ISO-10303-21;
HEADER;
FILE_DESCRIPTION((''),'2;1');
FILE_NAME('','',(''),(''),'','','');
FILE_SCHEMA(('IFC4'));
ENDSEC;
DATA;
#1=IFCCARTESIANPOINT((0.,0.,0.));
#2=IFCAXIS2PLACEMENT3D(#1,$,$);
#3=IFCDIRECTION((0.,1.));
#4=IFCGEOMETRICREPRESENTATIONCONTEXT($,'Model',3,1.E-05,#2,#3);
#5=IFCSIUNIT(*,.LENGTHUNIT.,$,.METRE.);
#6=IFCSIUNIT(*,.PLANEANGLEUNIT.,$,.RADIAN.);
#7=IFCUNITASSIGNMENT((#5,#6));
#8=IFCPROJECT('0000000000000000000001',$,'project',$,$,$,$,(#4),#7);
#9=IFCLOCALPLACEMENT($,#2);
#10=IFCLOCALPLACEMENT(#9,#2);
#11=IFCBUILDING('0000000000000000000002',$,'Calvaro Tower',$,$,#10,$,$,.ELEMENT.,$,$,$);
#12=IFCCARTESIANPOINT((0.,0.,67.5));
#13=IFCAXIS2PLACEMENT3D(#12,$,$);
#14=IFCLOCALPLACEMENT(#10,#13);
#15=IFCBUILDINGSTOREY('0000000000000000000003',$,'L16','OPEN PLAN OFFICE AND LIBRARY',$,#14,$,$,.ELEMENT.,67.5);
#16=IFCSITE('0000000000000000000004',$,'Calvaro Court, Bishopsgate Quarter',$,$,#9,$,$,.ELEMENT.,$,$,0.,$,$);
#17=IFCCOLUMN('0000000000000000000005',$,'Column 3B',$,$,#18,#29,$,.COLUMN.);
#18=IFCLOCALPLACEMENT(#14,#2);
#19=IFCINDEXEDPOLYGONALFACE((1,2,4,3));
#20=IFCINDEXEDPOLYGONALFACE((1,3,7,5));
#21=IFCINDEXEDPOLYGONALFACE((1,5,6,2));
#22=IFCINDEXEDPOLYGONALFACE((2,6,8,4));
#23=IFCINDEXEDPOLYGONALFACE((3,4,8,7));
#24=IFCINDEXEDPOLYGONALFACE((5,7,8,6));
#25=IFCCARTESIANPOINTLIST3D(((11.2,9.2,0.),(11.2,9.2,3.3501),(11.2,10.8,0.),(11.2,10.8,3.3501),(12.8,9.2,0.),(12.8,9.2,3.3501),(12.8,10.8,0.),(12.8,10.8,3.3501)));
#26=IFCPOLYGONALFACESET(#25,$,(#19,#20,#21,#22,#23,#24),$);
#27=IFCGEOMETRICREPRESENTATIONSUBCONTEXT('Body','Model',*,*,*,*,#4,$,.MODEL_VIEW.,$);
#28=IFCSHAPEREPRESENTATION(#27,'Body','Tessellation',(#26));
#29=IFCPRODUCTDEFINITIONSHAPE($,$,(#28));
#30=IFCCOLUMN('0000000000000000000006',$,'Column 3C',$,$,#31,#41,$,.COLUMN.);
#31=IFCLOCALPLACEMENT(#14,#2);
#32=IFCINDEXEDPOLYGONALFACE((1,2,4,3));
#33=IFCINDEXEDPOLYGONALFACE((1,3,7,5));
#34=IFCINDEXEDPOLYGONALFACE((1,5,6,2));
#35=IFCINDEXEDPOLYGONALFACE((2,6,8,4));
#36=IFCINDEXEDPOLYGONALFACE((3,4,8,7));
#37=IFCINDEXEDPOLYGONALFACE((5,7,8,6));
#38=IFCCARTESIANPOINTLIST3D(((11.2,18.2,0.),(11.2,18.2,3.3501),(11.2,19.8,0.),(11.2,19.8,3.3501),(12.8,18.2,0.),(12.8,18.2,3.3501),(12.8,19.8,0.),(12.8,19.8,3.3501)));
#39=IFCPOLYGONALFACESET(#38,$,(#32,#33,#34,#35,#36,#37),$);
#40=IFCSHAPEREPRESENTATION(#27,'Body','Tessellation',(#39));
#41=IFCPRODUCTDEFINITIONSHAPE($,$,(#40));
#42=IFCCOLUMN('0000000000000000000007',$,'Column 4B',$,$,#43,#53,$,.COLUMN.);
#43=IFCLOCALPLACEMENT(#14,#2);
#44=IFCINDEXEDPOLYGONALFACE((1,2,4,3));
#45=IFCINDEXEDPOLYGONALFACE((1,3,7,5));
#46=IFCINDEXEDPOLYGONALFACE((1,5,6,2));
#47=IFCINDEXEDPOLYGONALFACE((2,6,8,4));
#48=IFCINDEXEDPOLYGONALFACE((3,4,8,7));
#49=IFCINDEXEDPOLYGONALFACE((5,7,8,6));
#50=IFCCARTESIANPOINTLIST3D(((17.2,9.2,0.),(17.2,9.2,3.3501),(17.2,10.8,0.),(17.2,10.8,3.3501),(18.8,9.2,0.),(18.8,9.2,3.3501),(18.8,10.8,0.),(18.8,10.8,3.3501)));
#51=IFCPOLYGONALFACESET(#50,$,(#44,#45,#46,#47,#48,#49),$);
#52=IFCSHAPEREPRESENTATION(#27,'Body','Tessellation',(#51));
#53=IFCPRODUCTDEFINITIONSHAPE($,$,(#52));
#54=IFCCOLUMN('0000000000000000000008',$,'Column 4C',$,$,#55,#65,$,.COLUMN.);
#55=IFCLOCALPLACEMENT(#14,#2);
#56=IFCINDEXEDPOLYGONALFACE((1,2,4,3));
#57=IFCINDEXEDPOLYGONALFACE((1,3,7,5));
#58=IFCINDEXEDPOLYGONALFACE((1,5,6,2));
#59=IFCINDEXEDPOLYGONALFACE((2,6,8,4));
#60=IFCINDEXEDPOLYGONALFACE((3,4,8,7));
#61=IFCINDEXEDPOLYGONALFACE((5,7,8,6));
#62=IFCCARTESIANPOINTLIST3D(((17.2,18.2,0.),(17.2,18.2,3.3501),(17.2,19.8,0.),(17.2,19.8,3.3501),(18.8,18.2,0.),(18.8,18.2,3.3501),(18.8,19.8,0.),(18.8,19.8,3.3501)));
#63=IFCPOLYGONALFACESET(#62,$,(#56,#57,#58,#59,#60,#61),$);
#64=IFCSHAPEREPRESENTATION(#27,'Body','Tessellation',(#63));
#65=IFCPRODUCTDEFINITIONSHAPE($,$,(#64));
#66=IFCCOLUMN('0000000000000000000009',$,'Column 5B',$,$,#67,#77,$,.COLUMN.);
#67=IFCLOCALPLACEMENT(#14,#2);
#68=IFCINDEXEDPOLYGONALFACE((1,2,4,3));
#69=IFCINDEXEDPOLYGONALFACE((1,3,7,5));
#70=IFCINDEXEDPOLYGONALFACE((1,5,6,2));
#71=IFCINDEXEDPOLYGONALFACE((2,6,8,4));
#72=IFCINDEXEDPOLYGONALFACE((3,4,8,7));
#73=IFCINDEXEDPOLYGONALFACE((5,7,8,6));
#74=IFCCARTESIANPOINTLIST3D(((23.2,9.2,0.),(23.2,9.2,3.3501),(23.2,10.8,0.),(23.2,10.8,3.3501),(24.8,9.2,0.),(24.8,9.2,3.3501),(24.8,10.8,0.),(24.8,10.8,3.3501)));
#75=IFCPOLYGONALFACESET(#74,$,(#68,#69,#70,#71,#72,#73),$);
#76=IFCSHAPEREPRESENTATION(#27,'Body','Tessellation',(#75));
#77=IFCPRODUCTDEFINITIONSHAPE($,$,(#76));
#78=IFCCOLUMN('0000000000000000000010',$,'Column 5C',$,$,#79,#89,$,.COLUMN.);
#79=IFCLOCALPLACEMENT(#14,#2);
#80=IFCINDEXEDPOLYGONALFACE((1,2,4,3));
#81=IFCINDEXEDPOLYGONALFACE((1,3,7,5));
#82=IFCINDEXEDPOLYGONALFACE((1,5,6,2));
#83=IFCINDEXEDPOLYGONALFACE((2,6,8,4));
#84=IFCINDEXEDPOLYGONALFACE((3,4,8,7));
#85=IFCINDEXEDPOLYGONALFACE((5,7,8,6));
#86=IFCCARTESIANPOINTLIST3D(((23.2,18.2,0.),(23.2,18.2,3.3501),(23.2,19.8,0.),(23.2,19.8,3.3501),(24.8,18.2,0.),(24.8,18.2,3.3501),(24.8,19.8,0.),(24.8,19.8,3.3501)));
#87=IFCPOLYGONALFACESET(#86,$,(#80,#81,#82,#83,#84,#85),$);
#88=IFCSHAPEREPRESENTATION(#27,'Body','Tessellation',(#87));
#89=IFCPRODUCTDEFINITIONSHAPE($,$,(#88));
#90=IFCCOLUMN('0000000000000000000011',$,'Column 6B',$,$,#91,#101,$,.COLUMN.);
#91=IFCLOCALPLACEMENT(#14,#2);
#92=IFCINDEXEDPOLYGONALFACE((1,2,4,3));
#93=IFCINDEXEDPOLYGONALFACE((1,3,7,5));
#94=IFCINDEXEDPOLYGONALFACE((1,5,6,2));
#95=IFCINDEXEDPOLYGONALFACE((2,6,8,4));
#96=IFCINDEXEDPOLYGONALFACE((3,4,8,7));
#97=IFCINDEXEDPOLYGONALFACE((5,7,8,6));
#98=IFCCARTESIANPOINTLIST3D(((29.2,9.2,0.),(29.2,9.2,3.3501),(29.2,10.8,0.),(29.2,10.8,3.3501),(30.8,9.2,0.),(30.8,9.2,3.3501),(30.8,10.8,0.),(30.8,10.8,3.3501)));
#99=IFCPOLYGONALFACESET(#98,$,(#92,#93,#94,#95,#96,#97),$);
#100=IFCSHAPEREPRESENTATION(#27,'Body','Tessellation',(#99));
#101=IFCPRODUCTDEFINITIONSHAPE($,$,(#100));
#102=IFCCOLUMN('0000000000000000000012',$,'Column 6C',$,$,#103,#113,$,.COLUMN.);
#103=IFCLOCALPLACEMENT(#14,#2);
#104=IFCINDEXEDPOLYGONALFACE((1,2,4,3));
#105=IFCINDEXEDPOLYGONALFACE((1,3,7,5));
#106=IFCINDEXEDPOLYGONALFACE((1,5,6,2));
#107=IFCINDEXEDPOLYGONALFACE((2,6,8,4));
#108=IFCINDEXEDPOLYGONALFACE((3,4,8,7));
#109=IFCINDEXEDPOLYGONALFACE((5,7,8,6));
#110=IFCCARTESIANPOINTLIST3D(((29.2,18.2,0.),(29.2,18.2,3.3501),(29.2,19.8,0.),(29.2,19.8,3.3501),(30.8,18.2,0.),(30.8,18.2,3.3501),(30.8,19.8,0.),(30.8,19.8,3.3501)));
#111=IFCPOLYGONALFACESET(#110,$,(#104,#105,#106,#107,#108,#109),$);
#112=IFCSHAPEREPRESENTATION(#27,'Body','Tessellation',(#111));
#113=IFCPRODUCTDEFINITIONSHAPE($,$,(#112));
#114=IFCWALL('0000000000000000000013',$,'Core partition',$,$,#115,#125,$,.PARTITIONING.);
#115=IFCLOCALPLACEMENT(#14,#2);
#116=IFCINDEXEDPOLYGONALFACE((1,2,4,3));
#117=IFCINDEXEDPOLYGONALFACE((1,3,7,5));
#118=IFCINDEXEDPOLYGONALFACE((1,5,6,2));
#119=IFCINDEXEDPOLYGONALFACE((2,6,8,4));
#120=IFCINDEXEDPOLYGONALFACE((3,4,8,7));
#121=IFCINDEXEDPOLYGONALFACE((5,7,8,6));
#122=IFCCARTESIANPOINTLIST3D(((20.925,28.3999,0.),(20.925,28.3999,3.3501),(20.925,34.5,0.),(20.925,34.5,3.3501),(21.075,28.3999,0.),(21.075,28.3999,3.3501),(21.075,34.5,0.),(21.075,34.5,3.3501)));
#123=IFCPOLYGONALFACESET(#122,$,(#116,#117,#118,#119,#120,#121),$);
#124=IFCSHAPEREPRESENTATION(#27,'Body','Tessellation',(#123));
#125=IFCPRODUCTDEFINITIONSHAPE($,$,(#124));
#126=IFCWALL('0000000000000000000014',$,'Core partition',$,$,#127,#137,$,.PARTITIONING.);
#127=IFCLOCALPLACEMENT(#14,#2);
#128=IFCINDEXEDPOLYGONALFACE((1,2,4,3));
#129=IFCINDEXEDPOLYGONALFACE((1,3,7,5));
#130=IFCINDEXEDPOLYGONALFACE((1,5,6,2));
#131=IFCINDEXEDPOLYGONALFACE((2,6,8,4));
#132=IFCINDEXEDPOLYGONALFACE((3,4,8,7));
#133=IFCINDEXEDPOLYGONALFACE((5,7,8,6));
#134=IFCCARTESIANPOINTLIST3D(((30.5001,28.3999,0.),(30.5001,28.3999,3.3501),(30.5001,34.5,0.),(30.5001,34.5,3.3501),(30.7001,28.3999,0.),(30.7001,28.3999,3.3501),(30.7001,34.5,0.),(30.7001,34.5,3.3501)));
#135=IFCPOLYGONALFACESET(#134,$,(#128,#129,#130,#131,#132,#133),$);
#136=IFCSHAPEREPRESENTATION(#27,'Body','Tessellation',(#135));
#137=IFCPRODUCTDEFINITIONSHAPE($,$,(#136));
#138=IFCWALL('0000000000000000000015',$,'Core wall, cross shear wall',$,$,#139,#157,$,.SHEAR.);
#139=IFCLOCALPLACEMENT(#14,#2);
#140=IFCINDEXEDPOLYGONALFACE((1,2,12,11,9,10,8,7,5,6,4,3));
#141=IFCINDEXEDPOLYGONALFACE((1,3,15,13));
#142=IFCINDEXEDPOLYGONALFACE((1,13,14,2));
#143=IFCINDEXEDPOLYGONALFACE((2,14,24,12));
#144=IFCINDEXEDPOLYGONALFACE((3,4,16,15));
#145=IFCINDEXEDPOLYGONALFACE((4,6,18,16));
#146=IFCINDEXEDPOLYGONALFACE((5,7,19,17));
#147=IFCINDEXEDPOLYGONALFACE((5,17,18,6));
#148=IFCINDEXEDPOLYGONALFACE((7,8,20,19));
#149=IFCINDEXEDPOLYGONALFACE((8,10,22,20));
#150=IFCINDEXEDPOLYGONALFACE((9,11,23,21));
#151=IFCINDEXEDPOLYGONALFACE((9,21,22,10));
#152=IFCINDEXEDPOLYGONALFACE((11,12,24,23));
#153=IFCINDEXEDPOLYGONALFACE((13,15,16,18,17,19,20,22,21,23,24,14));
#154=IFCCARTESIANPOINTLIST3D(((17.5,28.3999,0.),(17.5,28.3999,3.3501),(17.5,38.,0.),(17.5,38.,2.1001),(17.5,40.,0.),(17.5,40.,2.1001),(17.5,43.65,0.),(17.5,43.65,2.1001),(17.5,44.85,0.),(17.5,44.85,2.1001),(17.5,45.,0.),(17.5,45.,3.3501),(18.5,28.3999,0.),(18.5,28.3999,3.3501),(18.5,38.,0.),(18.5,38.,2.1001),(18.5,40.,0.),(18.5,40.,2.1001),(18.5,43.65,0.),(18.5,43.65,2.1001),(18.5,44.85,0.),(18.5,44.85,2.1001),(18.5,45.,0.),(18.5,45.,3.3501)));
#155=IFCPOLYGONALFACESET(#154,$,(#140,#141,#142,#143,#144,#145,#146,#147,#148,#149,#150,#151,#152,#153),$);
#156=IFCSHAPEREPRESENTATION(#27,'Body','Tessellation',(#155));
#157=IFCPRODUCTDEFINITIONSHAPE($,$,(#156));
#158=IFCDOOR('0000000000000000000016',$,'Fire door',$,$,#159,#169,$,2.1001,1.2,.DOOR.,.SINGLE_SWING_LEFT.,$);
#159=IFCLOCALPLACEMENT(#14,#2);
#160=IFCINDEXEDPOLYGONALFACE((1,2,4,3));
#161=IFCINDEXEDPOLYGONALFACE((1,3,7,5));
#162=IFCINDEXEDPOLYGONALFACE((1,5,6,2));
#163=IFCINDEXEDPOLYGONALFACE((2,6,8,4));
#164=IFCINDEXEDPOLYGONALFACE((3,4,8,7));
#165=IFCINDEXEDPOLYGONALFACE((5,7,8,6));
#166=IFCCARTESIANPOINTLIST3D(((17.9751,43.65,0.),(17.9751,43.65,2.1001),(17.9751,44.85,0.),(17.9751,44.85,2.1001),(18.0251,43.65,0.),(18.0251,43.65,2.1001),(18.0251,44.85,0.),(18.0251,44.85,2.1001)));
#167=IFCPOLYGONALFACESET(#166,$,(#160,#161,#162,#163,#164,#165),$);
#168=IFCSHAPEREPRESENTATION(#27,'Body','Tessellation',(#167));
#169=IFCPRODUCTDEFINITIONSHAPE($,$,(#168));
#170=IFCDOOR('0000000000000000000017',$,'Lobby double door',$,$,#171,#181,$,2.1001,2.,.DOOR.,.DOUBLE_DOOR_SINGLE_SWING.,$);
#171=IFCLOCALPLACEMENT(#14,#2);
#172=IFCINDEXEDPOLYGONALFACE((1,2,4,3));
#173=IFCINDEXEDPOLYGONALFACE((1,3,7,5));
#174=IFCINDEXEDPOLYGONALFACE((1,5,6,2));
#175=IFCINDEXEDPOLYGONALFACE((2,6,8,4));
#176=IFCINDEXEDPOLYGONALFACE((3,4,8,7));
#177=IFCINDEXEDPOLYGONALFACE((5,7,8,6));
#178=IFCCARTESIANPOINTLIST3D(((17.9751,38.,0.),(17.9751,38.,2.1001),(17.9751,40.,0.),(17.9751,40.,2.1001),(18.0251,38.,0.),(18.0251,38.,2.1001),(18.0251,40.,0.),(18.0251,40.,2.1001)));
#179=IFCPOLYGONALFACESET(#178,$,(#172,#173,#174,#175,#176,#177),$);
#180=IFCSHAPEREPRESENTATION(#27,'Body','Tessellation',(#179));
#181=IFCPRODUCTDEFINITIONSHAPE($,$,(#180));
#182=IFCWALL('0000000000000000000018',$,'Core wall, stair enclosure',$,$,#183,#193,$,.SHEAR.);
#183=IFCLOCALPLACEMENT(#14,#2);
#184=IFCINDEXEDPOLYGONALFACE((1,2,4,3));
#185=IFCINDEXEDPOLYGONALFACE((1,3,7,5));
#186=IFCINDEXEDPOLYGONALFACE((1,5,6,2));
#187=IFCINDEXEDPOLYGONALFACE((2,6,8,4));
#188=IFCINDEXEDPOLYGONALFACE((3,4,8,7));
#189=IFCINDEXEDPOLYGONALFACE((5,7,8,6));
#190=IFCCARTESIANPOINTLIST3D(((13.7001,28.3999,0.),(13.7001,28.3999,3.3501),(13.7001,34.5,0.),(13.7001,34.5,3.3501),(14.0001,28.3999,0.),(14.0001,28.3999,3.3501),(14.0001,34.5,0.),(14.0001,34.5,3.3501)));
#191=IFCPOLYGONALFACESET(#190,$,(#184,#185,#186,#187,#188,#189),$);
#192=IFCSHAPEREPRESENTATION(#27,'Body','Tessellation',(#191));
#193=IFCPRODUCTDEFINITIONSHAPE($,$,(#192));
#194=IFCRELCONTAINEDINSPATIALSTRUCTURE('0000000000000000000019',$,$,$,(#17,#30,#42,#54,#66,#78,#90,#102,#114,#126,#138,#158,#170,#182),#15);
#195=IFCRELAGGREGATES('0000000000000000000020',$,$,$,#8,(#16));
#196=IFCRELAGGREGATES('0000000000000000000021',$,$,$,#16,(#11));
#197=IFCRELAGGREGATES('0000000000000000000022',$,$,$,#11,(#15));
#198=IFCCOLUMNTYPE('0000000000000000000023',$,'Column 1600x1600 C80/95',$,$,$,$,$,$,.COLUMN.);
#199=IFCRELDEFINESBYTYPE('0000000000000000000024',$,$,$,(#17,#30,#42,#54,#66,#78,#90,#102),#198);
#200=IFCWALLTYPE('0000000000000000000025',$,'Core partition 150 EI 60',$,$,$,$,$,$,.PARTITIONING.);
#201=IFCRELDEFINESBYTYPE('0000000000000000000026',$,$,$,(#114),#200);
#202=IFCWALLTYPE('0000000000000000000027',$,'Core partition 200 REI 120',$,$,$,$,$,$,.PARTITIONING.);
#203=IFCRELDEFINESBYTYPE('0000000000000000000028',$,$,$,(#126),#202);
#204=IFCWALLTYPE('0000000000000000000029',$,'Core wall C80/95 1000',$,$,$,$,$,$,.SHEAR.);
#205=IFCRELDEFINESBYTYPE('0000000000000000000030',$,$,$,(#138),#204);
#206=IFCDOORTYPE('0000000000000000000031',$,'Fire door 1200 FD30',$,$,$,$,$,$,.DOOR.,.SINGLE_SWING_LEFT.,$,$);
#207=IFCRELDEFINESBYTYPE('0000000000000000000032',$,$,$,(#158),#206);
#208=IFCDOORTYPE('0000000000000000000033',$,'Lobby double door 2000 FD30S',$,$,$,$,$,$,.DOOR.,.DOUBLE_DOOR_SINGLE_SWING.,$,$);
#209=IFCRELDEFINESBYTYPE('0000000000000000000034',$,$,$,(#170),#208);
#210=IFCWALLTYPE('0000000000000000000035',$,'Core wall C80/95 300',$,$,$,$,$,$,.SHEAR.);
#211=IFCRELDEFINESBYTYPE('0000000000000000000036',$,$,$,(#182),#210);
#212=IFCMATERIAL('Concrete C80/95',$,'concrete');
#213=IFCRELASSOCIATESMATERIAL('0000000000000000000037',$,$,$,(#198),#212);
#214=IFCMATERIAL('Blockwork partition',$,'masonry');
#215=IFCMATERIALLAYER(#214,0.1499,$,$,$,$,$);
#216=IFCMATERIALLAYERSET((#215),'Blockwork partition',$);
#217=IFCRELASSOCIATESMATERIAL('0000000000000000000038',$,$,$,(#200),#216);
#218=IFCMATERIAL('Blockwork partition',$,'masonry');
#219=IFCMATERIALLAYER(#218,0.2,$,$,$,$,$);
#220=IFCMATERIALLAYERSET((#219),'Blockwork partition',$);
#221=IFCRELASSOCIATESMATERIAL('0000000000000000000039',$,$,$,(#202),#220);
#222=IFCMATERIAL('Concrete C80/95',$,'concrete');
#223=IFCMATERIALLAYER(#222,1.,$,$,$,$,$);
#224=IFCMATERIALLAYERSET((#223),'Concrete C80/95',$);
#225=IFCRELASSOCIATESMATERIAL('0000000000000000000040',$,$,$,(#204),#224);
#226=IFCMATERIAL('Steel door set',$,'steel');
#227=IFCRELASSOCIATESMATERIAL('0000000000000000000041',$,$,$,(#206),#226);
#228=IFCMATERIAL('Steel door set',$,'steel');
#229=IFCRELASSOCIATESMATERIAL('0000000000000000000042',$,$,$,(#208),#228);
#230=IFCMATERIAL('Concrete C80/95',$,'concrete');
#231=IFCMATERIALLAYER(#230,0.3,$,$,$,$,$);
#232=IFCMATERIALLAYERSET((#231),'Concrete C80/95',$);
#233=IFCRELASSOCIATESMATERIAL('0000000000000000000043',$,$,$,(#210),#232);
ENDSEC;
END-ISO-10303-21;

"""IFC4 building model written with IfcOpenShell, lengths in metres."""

from ifc_helpers import new_model, si_unit, direction, frame, frame_2d, origin, origin_2d, place, context, subcontext, project, spatial, rectangle, extrude, material, layer, layer_set, material_profile, profile_set, type_object, element, fill, save


model = new_model("IFC4")

# Units and contexts
model_context = context("Model", 3, precision=1e-05, world=origin(), true_north=direction((0.0, 1.0)))
body_context = subcontext(model_context, "Body", "Model", "MODEL_VIEW")
ifc_project = project(units=[si_unit("LENGTHUNIT", "METRE"), si_unit("PLANEANGLEUNIT", "RADIAN")], contexts=[model_context])

# Site, building, storey
site_placement = place(None, origin())
site = spatial("IfcSite", under=ifc_project, at=site_placement, Name="Calvaro Court, Bishopsgate Quarter", CompositionType="ELEMENT", RefElevation=0.0)
building_placement = place(site_placement, origin())
building = spatial("IfcBuilding", under=site, at=building_placement, Name="Calvaro Tower", CompositionType="ELEMENT")
storey_placement = place(building_placement, frame((0.0, 0.0, 67.5)))
storey = spatial("IfcBuildingStorey", under=building, at=storey_placement, Name="L16", Description="OPEN PLAN OFFICE AND LIBRARY", CompositionType="ELEMENT", Elevation=67.5)

# Columns
ifc_material_1 = material(Name="Concrete C80/95", Category="concrete")
ifc_material_profile = material_profile(ifc_material_1, rectangle(XDim=1.6001, YDim=1.6001, at=origin_2d()), Name="RC 1600x1600")
ifc_profile_set = profile_set([ifc_material_profile], Name="Concrete C80/95")
column_type = type_object("IfcColumnType", Name="Column 1600x1600 C80/95", PredefinedType="COLUMN", material=ifc_profile_set)
for number, where, z_axis, x_axis, name in (
    (1, (12.0, 10.0, 0.0), (0.0, 0.0, 1.0), (1.0, 0.0, 0.0), "Column 3B"),
    (2, (12.0, 19.0, 0.0), (0.0, 0.0, 1.0), (1.0, 0.0, 0.0), "Column 3C"),
    (3, (18.0, 10.0, 0.0), (0.0, 0.0, 1.0), (1.0, 0.0, 0.0), "Column 4B"),
    (4, (18.0, 19.0, 0.0), (0.0, 0.0, 1.0), (1.0, 0.0, 0.0), "Column 4C"),
    (5, (24.0, 10.0, 0.0), (0.0, 0.0, 1.0), (1.0, 0.0, 0.0), "Column 5B"),
    (6, (24.0, 19.0, 0.0), (0.0, 0.0, 1.0), (1.0, 0.0, 0.0), "Column 5C"),
    (7, (30.0, 10.0, 0.0), (0.0, 0.0, 1.0), (1.0, 0.0, 0.0), "Column 6B"),
    (8, (30.0, 19.0, 0.0), (0.0, 0.0, 1.0), (1.0, 0.0, 0.0), "Column 6C"),
):
    element("IfcColumn", number, at=place(storey_placement, frame(where, z_axis=z_axis, x_axis=x_axis)), inside=storey, type_object=column_type, Name=name, PredefinedType="COLUMN", context=body_context, shape_type="SweptSolid", body=[
        extrude(rectangle(XDim=1.6001, YDim=1.6001, at=origin_2d()), origin(), (0.0, 0.0, 1.0), 3.3501),
    ])

# Walls
ifc_material_2 = material(Name="Blockwork partition", Category="masonry")
ifc_layer_1 = layer(ifc_material_2, 0.1499)
ifc_layer_set_1 = layer_set([ifc_layer_1], Name="Blockwork partition")
wall_type_1 = type_object("IfcWallType", Name="Core partition 150 EI 60", PredefinedType="PARTITIONING", material=ifc_layer_set_1)
wall_1_placement = place(storey_placement, frame((21.0, 28.3999, 0.0), z_axis=(0.0, 0.0, 1.0), x_axis=(0.0, 1.0, 0.0)))
element("IfcWall", 9, at=wall_1_placement, inside=storey, type_object=wall_type_1, Name="Core partition", PredefinedType="PARTITIONING", context=body_context, shape_type="SweptSolid", body=[
    extrude(rectangle(XDim=6.1001, YDim=0.1499, at=frame_2d((3.05, 0.0))), origin(), (0.0, 0.0, 1.0), 3.3501),
])
ifc_material_3 = material(Name="Blockwork partition", Category="masonry")
ifc_layer_2 = layer(ifc_material_3, 0.2)
ifc_layer_set_2 = layer_set([ifc_layer_2], Name="Blockwork partition")
wall_type_2 = type_object("IfcWallType", Name="Core partition 200 REI 120", PredefinedType="PARTITIONING", material=ifc_layer_set_2)
wall_2_placement = place(storey_placement, frame((30.6001, 28.3999, 0.0), z_axis=(0.0, 0.0, 1.0), x_axis=(0.0, 1.0, 0.0)))
element("IfcWall", 10, at=wall_2_placement, inside=storey, type_object=wall_type_2, Name="Core partition", PredefinedType="PARTITIONING", context=body_context, shape_type="SweptSolid", body=[
    extrude(rectangle(XDim=6.1001, YDim=0.2, at=frame_2d((3.05, 0.0))), origin(), (0.0, 0.0, 1.0), 3.3501),
])

# Wall, openings, doors
ifc_material_4 = material(Name="Concrete C80/95", Category="concrete")
ifc_layer_3 = layer(ifc_material_4, 1.0)
ifc_layer_set_3 = layer_set([ifc_layer_3], Name="Concrete C80/95")
wall_type_3 = type_object("IfcWallType", Name="Core wall C80/95 1000", PredefinedType="SHEAR", material=ifc_layer_set_3)
wall_3_placement = place(storey_placement, frame((18.0, 28.3999, 0.0), z_axis=(0.0, 0.0, 1.0), x_axis=(0.0, 1.0, 0.0)))
wall_3 = element("IfcWall", 11, at=wall_3_placement, inside=storey, type_object=wall_type_3, Name="Core wall, cross shear wall", PredefinedType="SHEAR", context=body_context, shape_type="SweptSolid", body=[
    extrude(rectangle(XDim=16.6001, YDim=1.0, at=frame_2d((8.3, 0.0))), origin(), (0.0, 0.0, 1.0), 3.3501),
])
opening_1_placement = place(wall_3_placement, frame((9.6001, 0.0, 0.0)))
opening_1 = element("IfcOpeningElement", 12, at=opening_1_placement, cuts=wall_3, PredefinedType="OPENING", context=body_context, shape_type="SweptSolid", body=[
    extrude(rectangle(XDim=2.0, YDim=2.1001, at=frame_2d((1.0, 1.05))), frame((0.0, 0.51, 0.0), z_axis=(0.0, -1.0, 0.0), x_axis=(1.0, 0.0, 0.0)), (0.0, 0.0, 1.0), 1.02),
])
opening_2_placement = place(wall_3_placement, frame((15.25, 0.0, 0.0)))
opening_2 = element("IfcOpeningElement", 13, at=opening_2_placement, cuts=wall_3, PredefinedType="OPENING", context=body_context, shape_type="SweptSolid", body=[
    extrude(rectangle(XDim=1.2, YDim=2.1001, at=frame_2d((0.6001, 1.05))), frame((0.0, 0.51, 0.0), z_axis=(0.0, -1.0, 0.0), x_axis=(1.0, 0.0, 0.0)), (0.0, 0.0, 1.0), 1.02),
])
ifc_material_5 = material(Name="Steel door set", Category="steel")
door_type_1 = type_object("IfcDoorType", Name="Fire door 1200 FD30", OperationType="SINGLE_SWING_LEFT", PredefinedType="DOOR", material=ifc_material_5)
door_1_placement = place(opening_2_placement, origin())
door_1 = element("IfcDoor", 14, at=door_1_placement, inside=storey, type_object=door_type_1, Name="Fire door", OperationType="SINGLE_SWING_LEFT", OverallHeight=2.1001, OverallWidth=1.2, PredefinedType="DOOR", context=body_context, shape_type="SweptSolid", body=[
    extrude(rectangle(XDim=1.2, YDim=2.1001, at=frame_2d((0.6001, 1.05))), frame((0.0, 0.0249, 0.0), z_axis=(0.0, -1.0, 0.0), x_axis=(1.0, 0.0, 0.0)), (0.0, 0.0, 1.0), 0.05),
])
fill(opening_2, door_1)
ifc_material_6 = material(Name="Steel door set", Category="steel")
door_type_2 = type_object("IfcDoorType", Name="Lobby double door 2000 FD30S", OperationType="DOUBLE_DOOR_SINGLE_SWING", PredefinedType="DOOR", material=ifc_material_6)
door_2_placement = place(opening_1_placement, origin())
door_2 = element("IfcDoor", 15, at=door_2_placement, inside=storey, type_object=door_type_2, Name="Lobby double door", OperationType="DOUBLE_DOOR_SINGLE_SWING", OverallHeight=2.1001, OverallWidth=2.0, PredefinedType="DOOR", context=body_context, shape_type="SweptSolid", body=[
    extrude(rectangle(XDim=2.0, YDim=2.1001, at=frame_2d((1.0, 1.05))), frame((0.0, 0.0249, 0.0), z_axis=(0.0, -1.0, 0.0), x_axis=(1.0, 0.0, 0.0)), (0.0, 0.0, 1.0), 0.05),
])
fill(opening_1, door_2)

# Wall
ifc_material_7 = material(Name="Concrete C80/95", Category="concrete")
ifc_layer_4 = layer(ifc_material_7, 0.3)
ifc_layer_set_4 = layer_set([ifc_layer_4], Name="Concrete C80/95")
wall_type_4 = type_object("IfcWallType", Name="Core wall C80/95 300", PredefinedType="SHEAR", material=ifc_layer_set_4)
for number, where, z_axis, x_axis, name in (
    (16, (13.8501, 28.3999, 0.0), (0.0, 0.0, 1.0), (0.0, 1.0, 0.0), "Core wall, stair enclosure"),
):
    element("IfcWall", number, at=place(storey_placement, frame(where, z_axis=z_axis, x_axis=x_axis)), inside=storey, type_object=wall_type_4, Name=name, PredefinedType="SHEAR", context=body_context, shape_type="SweptSolid", body=[
        extrude(rectangle(XDim=6.1001, YDim=0.3, at=frame_2d((3.05, 0.0))), origin(), (0.0, 0.0, 1.0), 3.3501),
    ])

save(model, "model.ifc")
